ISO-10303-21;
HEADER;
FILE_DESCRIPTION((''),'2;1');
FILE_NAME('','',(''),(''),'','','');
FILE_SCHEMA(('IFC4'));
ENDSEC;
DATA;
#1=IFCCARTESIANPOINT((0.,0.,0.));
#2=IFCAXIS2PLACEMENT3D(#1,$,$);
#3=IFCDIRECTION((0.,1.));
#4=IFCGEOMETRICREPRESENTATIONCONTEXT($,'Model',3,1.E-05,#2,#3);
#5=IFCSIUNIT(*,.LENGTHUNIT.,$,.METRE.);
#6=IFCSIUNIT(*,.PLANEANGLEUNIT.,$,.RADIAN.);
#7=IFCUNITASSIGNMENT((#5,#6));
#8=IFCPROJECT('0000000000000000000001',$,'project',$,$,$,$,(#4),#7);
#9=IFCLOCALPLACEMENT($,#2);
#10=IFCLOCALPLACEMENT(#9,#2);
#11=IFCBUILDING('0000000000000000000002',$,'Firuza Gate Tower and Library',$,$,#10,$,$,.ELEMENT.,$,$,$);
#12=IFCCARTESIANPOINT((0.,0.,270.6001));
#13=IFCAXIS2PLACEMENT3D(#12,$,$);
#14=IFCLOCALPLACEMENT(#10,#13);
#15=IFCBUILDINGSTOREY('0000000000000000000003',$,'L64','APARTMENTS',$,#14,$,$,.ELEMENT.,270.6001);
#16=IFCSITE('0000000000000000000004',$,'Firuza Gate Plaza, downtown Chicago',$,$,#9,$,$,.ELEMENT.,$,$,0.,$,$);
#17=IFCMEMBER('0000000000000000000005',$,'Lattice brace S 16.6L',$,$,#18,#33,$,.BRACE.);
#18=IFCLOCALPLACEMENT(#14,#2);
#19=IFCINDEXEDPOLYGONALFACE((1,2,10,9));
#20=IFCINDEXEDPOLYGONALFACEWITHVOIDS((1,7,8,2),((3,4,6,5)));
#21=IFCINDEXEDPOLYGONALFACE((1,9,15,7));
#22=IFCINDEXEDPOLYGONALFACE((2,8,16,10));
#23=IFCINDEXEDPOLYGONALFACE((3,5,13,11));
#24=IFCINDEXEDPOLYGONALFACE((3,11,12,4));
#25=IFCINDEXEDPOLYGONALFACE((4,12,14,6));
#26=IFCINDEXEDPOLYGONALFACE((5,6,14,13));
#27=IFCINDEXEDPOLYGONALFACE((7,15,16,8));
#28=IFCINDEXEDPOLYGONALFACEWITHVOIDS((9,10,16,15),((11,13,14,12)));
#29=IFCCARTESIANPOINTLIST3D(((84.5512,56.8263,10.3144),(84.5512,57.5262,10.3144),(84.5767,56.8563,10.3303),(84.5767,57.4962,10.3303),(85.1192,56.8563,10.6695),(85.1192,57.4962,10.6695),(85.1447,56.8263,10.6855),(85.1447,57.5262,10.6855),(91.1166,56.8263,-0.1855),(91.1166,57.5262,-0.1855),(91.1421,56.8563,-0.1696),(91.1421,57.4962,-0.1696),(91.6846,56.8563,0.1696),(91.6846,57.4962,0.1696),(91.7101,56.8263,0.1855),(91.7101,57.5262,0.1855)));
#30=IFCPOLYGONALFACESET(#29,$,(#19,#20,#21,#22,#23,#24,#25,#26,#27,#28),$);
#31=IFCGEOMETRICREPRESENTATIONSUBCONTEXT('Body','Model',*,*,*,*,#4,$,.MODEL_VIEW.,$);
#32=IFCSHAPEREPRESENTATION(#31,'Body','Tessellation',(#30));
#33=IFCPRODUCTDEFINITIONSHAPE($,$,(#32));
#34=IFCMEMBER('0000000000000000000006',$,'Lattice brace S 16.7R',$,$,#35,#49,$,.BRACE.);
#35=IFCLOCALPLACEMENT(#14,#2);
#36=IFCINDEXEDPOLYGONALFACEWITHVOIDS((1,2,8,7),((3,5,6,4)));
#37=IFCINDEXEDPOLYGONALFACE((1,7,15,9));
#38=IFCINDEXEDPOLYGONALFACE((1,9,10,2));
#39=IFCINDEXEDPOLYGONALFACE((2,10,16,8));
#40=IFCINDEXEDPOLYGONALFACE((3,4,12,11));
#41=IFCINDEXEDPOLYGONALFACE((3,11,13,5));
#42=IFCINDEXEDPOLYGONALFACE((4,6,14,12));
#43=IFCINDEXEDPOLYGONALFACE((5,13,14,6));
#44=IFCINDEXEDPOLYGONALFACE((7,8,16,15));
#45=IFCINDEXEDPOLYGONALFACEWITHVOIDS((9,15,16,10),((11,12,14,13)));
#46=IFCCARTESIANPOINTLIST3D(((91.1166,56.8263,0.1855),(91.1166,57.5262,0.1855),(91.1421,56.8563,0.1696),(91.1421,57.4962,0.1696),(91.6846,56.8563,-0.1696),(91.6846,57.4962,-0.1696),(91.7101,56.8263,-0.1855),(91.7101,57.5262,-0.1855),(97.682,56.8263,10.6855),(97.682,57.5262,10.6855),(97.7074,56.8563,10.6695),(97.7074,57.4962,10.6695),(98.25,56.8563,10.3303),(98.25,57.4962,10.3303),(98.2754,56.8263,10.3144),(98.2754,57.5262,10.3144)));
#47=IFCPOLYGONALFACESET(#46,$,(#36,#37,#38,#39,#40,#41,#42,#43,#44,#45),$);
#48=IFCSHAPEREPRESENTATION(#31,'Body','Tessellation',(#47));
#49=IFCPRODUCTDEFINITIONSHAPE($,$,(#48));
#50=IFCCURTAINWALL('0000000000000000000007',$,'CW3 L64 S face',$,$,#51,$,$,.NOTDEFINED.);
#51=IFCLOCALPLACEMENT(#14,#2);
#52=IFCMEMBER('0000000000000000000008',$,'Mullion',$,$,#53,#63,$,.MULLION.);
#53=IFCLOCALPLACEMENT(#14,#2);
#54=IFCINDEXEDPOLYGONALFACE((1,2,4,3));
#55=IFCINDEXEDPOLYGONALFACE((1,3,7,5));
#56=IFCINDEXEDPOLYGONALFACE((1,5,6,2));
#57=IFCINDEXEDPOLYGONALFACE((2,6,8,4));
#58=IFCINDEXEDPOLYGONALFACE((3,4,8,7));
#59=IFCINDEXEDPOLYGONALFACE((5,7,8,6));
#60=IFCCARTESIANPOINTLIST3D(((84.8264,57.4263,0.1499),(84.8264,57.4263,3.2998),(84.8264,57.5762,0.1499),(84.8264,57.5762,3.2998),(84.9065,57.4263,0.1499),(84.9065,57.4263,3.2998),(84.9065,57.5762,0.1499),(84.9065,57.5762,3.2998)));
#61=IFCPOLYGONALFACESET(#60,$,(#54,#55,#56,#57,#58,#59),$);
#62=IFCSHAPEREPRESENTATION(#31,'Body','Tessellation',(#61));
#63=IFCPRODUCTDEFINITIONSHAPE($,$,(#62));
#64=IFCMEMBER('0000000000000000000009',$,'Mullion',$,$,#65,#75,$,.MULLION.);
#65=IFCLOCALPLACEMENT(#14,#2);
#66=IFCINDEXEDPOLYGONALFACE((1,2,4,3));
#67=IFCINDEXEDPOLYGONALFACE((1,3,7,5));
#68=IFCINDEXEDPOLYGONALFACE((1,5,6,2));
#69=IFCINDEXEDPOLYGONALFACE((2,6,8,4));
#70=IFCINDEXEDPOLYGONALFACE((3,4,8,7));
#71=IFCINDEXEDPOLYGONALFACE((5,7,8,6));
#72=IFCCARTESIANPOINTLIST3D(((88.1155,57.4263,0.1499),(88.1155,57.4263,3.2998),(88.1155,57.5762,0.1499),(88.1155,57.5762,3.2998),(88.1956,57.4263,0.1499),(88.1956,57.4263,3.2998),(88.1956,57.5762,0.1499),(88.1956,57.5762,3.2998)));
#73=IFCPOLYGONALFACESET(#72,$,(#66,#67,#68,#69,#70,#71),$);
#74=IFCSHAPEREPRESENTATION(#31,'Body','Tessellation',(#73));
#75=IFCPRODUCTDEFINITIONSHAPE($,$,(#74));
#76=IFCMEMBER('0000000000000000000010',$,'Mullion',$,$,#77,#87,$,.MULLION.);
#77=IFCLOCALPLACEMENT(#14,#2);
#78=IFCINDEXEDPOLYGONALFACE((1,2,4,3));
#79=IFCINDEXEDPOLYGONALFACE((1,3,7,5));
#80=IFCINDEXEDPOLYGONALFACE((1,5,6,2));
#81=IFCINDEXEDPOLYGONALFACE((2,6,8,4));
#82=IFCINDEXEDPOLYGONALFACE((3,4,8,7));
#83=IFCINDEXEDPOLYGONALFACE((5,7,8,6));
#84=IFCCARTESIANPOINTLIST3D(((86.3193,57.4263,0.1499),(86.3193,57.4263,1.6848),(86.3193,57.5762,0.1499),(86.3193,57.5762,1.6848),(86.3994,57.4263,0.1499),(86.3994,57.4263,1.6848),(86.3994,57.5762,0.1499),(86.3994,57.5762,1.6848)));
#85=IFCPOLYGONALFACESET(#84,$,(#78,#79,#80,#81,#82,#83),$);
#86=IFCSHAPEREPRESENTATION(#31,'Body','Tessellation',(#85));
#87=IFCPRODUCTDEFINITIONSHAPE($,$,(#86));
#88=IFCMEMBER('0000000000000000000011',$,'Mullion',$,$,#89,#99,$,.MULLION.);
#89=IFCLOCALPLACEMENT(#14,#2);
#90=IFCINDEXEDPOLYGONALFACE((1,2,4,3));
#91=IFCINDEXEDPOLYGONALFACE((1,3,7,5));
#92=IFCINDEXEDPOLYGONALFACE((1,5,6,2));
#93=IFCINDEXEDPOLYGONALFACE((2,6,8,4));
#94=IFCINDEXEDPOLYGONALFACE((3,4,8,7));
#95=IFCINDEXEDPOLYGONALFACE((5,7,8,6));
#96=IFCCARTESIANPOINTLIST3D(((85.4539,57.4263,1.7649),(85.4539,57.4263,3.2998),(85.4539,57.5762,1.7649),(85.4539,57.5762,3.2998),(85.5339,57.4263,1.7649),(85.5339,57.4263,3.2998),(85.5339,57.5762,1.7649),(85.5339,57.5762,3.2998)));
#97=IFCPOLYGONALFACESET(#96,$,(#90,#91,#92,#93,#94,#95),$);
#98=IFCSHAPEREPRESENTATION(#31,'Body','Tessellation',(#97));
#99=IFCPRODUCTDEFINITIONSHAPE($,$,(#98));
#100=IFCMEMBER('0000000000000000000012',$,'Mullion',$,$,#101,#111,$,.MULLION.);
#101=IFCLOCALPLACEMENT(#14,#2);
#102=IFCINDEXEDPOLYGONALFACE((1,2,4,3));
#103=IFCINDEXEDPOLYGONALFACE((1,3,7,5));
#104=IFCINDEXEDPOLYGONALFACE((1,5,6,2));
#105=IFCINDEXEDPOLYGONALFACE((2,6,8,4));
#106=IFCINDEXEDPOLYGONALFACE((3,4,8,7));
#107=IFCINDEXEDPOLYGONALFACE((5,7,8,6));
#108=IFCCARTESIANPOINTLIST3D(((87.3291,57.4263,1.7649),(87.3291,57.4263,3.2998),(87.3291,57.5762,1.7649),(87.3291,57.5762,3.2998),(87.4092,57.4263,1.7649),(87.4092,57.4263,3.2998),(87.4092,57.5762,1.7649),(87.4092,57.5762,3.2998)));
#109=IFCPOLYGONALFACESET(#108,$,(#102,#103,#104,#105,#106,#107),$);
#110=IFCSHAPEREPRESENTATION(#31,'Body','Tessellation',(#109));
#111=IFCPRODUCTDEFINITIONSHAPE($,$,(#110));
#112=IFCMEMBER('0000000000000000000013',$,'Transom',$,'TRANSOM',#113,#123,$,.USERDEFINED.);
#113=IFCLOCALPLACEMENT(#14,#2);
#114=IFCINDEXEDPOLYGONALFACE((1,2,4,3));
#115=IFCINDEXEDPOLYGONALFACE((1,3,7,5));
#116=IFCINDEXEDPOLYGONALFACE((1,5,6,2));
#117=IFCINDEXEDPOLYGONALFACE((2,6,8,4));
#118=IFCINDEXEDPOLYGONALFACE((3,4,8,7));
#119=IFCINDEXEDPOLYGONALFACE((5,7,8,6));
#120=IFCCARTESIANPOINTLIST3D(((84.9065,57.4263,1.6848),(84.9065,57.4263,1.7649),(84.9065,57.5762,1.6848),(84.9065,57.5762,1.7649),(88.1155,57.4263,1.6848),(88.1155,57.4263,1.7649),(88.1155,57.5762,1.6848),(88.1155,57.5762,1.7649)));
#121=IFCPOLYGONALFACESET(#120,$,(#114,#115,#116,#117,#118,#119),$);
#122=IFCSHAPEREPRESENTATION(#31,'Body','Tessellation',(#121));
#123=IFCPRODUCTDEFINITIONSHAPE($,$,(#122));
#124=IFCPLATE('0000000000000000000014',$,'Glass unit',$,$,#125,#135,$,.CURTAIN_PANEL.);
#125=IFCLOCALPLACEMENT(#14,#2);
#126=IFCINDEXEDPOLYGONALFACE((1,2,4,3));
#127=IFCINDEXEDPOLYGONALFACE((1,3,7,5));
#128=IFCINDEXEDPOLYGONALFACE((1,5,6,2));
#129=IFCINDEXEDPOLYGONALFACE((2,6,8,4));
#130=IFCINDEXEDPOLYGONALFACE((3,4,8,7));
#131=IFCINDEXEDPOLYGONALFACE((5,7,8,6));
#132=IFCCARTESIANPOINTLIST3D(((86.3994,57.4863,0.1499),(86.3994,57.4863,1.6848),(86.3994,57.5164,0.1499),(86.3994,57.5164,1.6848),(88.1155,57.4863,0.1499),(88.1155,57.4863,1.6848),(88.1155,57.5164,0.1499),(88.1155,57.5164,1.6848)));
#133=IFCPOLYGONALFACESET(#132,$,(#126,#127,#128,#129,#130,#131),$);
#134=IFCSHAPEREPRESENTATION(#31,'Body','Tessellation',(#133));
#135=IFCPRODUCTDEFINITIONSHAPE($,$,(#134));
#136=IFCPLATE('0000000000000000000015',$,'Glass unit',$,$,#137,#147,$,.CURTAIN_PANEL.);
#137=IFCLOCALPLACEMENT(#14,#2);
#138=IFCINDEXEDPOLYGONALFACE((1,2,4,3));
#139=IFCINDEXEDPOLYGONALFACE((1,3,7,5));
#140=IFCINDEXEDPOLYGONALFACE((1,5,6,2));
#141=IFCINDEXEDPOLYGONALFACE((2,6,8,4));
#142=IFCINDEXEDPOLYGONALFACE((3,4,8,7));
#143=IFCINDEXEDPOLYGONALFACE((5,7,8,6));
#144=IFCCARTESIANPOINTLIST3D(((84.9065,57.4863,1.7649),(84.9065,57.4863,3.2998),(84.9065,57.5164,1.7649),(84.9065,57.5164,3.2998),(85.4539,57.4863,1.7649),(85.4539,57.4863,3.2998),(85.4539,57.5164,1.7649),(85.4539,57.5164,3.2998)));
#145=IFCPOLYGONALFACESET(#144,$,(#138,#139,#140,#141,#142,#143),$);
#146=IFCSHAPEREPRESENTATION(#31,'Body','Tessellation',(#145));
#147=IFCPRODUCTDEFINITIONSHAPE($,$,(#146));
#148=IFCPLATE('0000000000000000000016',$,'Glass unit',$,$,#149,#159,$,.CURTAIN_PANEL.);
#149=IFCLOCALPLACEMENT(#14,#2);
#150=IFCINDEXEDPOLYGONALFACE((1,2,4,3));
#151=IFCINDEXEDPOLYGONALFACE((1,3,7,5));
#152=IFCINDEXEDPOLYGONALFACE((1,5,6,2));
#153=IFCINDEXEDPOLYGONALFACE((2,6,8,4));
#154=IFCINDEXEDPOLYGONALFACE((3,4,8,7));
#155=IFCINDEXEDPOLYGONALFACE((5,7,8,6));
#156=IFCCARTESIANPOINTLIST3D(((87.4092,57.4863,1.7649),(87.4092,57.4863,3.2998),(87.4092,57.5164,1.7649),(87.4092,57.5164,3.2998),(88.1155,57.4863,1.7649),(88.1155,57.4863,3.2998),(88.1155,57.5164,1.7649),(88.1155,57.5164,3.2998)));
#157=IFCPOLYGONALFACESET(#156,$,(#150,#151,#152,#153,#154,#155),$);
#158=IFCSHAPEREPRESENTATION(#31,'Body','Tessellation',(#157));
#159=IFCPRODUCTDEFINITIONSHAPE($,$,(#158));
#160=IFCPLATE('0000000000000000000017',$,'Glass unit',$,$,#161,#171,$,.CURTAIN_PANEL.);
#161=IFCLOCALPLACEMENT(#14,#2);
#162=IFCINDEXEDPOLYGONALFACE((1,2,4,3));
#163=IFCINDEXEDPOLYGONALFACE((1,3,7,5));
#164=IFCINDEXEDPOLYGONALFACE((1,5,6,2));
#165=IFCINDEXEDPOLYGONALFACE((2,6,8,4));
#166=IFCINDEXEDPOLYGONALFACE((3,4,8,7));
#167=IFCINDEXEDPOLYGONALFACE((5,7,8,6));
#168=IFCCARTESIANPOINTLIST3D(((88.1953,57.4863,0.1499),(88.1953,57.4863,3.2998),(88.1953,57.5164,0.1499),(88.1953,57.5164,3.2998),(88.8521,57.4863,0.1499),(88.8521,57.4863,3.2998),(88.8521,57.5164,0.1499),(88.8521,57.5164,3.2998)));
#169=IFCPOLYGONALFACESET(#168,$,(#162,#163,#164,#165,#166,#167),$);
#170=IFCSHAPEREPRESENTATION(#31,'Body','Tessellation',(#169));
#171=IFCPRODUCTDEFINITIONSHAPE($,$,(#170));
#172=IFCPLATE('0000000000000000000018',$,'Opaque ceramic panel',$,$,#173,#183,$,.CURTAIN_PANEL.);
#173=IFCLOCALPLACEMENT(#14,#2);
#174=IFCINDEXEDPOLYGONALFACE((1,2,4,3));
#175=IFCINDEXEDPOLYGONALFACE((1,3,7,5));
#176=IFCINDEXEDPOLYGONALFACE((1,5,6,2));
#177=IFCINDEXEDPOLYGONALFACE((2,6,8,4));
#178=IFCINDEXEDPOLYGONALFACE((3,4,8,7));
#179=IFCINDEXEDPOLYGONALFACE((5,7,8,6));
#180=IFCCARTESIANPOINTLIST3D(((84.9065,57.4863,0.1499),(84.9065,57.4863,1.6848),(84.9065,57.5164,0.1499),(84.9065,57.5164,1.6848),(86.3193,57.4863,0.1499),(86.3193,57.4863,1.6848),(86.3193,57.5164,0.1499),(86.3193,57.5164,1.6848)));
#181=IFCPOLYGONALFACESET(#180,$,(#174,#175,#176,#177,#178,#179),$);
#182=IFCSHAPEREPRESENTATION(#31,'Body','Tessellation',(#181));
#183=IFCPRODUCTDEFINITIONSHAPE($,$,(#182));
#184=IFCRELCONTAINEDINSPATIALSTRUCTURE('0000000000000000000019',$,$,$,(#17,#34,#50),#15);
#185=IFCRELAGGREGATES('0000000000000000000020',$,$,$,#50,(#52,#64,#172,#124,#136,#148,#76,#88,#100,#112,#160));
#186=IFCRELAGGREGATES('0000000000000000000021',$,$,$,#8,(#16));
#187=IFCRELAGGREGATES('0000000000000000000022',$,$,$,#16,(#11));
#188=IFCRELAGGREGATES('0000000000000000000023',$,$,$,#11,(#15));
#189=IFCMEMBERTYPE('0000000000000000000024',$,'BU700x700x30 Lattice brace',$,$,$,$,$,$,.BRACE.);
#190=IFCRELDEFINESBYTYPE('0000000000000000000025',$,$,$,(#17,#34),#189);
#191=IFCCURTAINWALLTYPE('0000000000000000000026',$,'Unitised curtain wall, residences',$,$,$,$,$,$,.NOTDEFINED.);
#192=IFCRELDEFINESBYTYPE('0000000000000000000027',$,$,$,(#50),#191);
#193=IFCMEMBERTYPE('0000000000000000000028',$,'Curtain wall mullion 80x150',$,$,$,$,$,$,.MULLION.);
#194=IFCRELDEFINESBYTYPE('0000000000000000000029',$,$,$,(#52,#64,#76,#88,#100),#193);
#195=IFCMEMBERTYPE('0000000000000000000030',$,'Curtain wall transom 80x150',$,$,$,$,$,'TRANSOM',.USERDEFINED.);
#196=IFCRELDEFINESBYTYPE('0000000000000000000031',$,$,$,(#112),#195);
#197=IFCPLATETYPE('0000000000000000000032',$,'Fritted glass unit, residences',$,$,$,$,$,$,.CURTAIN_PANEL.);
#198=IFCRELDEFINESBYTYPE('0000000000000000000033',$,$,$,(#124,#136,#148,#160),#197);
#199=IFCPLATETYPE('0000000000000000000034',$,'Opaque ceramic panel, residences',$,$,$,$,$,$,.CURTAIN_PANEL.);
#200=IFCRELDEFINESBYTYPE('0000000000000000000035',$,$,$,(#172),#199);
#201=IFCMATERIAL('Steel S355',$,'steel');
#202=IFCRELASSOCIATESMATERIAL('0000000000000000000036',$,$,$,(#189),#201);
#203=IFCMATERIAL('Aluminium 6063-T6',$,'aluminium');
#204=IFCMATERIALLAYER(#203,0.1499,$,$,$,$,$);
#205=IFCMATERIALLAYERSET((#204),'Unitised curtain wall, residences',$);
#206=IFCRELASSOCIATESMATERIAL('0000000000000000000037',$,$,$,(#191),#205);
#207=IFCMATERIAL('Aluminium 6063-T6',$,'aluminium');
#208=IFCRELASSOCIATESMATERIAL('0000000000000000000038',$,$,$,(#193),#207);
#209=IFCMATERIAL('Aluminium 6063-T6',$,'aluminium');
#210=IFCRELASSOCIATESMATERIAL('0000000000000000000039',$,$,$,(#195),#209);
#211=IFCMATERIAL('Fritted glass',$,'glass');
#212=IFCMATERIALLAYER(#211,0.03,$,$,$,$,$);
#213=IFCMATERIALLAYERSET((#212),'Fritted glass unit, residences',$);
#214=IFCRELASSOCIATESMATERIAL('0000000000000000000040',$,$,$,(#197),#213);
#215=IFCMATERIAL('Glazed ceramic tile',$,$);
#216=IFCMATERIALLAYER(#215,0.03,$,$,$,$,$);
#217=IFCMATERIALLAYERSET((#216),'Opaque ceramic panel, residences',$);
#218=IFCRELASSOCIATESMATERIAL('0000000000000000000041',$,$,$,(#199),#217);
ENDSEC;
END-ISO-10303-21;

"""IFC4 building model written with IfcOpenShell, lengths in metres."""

from ifc_helpers import new_model, si_unit, direction, frame, origin, origin_2d, place, context, subcontext, project, spatial, polyline, rectangle, hollow_rectangle, outline, extrude, material, layer, layer_set, material_profile, profile_set, type_object, element, aggregate, save


model = new_model("IFC4")

# Units and contexts
model_context = context("Model", 3, precision=1e-05, world=origin(), true_north=direction((0.0, 1.0)))
body_context = subcontext(model_context, "Body", "Model", "MODEL_VIEW")
ifc_project = project(units=[si_unit("LENGTHUNIT", "METRE"), si_unit("PLANEANGLEUNIT", "RADIAN")], contexts=[model_context])

# Site, building, storey
site_placement = place(None, origin())
site = spatial("IfcSite", under=ifc_project, at=site_placement, Name="Firuza Gate Plaza, downtown Chicago", CompositionType="ELEMENT", RefElevation=0.0)
building_placement = place(site_placement, origin())
building = spatial("IfcBuilding", under=site, at=building_placement, Name="Firuza Gate Tower and Library", CompositionType="ELEMENT")
storey_placement = place(building_placement, frame((0.0, 0.0, 270.6001)))
storey = spatial("IfcBuildingStorey", under=building, at=storey_placement, Name="L64", Description="APARTMENTS", CompositionType="ELEMENT", Elevation=270.6001)

# Members
ifc_material_1 = material(Name="Steel S355", Category="steel")
ifc_material_profile_1 = material_profile(ifc_material_1, hollow_rectangle(XDim=0.7, YDim=0.7, WallThickness=0.03, at=origin_2d()))
ifc_profile_set_1 = profile_set([ifc_material_profile_1], Name="Steel S355")
member_type_1 = type_object("IfcMemberType", Name="BU700x700x30 Lattice brace", PredefinedType="BRACE", material=ifc_profile_set_1)
for number, where, z_axis, x_axis, name in (
    (1, (91.4133, 57.1763, 0.0), (-0.530169, 0.0, 0.847892), (0.0, -1.0, 0.0), "Lattice brace S 16.6L"),
    (2, (91.4133, 57.1763, 0.0), (0.530169, 0.0, 0.847892), (0.0, 1.0, 0.0), "Lattice brace S 16.7R"),
):
    element("IfcMember", number, at=place(storey_placement, frame(where, z_axis=z_axis, x_axis=x_axis)), inside=storey, type_object=member_type_1, Name=name, PredefinedType="BRACE", context=body_context, shape_type="SweptSolid", body=[
        extrude(hollow_rectangle(XDim=0.7, YDim=0.7, WallThickness=0.03, at=origin_2d()), origin(), (0.0, 0.0, 1.0), 12.3835),
    ])

# Curtain wall, members, plates
ifc_material_2 = material(Name="Aluminium 6063-T6", Category="aluminium")
ifc_layer_1 = layer(ifc_material_2, 0.1499)
ifc_layer_set_1 = layer_set([ifc_layer_1], Name="Unitised curtain wall, residences")
curtain_wall_type = type_object("IfcCurtainWallType", Name="Unitised curtain wall, residences", PredefinedType="NOTDEFINED", material=ifc_layer_set_1)
curtain_wall_placement = place(storey_placement, origin())
curtain_wall = element("IfcCurtainWall", 3, at=curtain_wall_placement, inside=storey, type_object=curtain_wall_type, Name="CW3 L64 S face", PredefinedType="NOTDEFINED")
ifc_material_3 = material(Name="Aluminium 6063-T6", Category="aluminium")
ifc_material_profile_2 = material_profile(ifc_material_3, rectangle(XDim=0.1499, YDim=0.0801, at=origin_2d()))
ifc_profile_set_2 = profile_set([ifc_material_profile_2], Name="Aluminium 6063-T6")
member_type_2 = type_object("IfcMemberType", Name="Curtain wall mullion 80x150", PredefinedType="MULLION", material=ifc_profile_set_2)
member_1_placement = place(storey_placement, frame((84.8665, 57.5012, 0.1499), z_axis=(0.0, 0.0, 1.0), x_axis=(0.0, 1.0, 0.0)))
member_1 = element("IfcMember", 4, at=member_1_placement, type_object=member_type_2, Name="Mullion", PredefinedType="MULLION", context=body_context, shape_type="SweptSolid", body=[
    extrude(rectangle(XDim=0.1499, YDim=0.0801, at=origin_2d()), origin(), (0.0, 0.0, 1.0), 3.1499),
])
member_2_placement = place(storey_placement, frame((88.1555, 57.5012, 0.1499), z_axis=(0.0, 0.0, 1.0), x_axis=(0.0, 1.0, 0.0)))
member_2 = element("IfcMember", 5, at=member_2_placement, type_object=member_type_2, Name="Mullion", PredefinedType="MULLION", context=body_context, shape_type="SweptSolid", body=[
    extrude(rectangle(XDim=0.1499, YDim=0.0801, at=origin_2d()), origin(), (0.0, 0.0, 1.0), 3.1499),
])
member_3_placement = place(storey_placement, frame((86.3594, 57.5012, 0.1499), z_axis=(0.0, 0.0, 1.0), x_axis=(0.0, 1.0, 0.0)))
member_3 = element("IfcMember", 6, at=member_3_placement, type_object=member_type_2, Name="Mullion", PredefinedType="MULLION", context=body_context, shape_type="SweptSolid", body=[
    extrude(rectangle(XDim=0.1499, YDim=0.0801, at=origin_2d()), origin(), (0.0, 0.0, 1.0), 1.5349),
])
member_4_placement = place(storey_placement, frame((85.4939, 57.5012, 1.7649), z_axis=(0.0, 0.0, 1.0), x_axis=(0.0, 1.0, 0.0)))
member_4 = element("IfcMember", 7, at=member_4_placement, type_object=member_type_2, Name="Mullion", PredefinedType="MULLION", context=body_context, shape_type="SweptSolid", body=[
    extrude(rectangle(XDim=0.1499, YDim=0.0801, at=origin_2d()), origin(), (0.0, 0.0, 1.0), 1.5349),
])
member_5_placement = place(storey_placement, frame((87.3691, 57.5012, 1.7649), z_axis=(0.0, 0.0, 1.0), x_axis=(0.0, 1.0, 0.0)))
member_5 = element("IfcMember", 8, at=member_5_placement, type_object=member_type_2, Name="Mullion", PredefinedType="MULLION", context=body_context, shape_type="SweptSolid", body=[
    extrude(rectangle(XDim=0.1499, YDim=0.0801, at=origin_2d()), origin(), (0.0, 0.0, 1.0), 1.5349),
])
ifc_material_4 = material(Name="Aluminium 6063-T6", Category="aluminium")
ifc_material_profile_3 = material_profile(ifc_material_4, rectangle(XDim=0.1499, YDim=0.0801, at=origin_2d()))
ifc_profile_set_3 = profile_set([ifc_material_profile_3], Name="Aluminium 6063-T6")
member_type_3 = type_object("IfcMemberType", Name="Curtain wall transom 80x150", ElementType="TRANSOM", PredefinedType="USERDEFINED", material=ifc_profile_set_3)
member_6_placement = place(storey_placement, frame((84.9065, 57.5012, 1.7249), z_axis=(1.0, 0.0, 0.0), x_axis=(0.0, 1.0, 0.0)))
member_6 = element("IfcMember", 9, at=member_6_placement, type_object=member_type_3, Name="Transom", ObjectType="TRANSOM", PredefinedType="USERDEFINED", context=body_context, shape_type="SweptSolid", body=[
    extrude(rectangle(XDim=0.1499, YDim=0.0801, at=origin_2d()), origin(), (0.0, 0.0, 1.0), 3.209),
])
ifc_material_5 = material(Name="Fritted glass", Category="glass")
ifc_layer_2 = layer(ifc_material_5, 0.03)
ifc_layer_set_2 = layer_set([ifc_layer_2], Name="Fritted glass unit, residences")
plate_type_1 = type_object("IfcPlateType", Name="Fritted glass unit, residences", PredefinedType="CURTAIN_PANEL", material=ifc_layer_set_2)
plate_1_placement = place(storey_placement, frame((86.3994, 57.4863, 0.1499), z_axis=(0.0, -1.0, 0.0), x_axis=(1.0, 0.0, 0.0)))
plate_1 = element("IfcPlate", 10, at=plate_1_placement, type_object=plate_type_1, Name="Glass unit", PredefinedType="CURTAIN_PANEL", context=body_context, shape_type="SweptSolid", body=[
    extrude(outline(polyline([(0.0, 0.0), (1.7161, 0.0), (1.7161, 1.5349), (0.0, 1.5349), (0.0, 0.0)])), origin(), (0.0, 0.0, -1.0), 0.03),
])
plate_2_placement = place(storey_placement, frame((84.9065, 57.4863, 1.7649), z_axis=(0.0, -1.0, 0.0), x_axis=(1.0, 0.0, 0.0)))
plate_2 = element("IfcPlate", 11, at=plate_2_placement, type_object=plate_type_1, Name="Glass unit", PredefinedType="CURTAIN_PANEL", context=body_context, shape_type="SweptSolid", body=[
    extrude(outline(polyline([(0.0, 0.0), (0.5474, 0.0), (0.5474, 1.5349), (0.0, 1.5349), (0.0, 0.0)])), origin(), (0.0, 0.0, -1.0), 0.03),
])
plate_3_placement = place(storey_placement, frame((87.4092, 57.4863, 1.7649), z_axis=(0.0, -1.0, 0.0), x_axis=(1.0, 0.0, 0.0)))
plate_3 = element("IfcPlate", 12, at=plate_3_placement, type_object=plate_type_1, Name="Glass unit", PredefinedType="CURTAIN_PANEL", context=body_context, shape_type="SweptSolid", body=[
    extrude(outline(polyline([(0.0, 0.0), (0.7063, 0.0), (0.7063, 1.5349), (0.0, 1.5349), (0.0, 0.0)])), origin(), (0.0, 0.0, -1.0), 0.03),
])
plate_4_placement = place(storey_placement, frame((88.1953, 57.4863, 0.1499), z_axis=(0.0, -1.0, 0.0), x_axis=(1.0, 0.0, 0.0)))
plate_4 = element("IfcPlate", 13, at=plate_4_placement, type_object=plate_type_1, Name="Glass unit", PredefinedType="CURTAIN_PANEL", context=body_context, shape_type="SweptSolid", body=[
    extrude(outline(polyline([(0.0, 0.0), (0.6567, 0.0), (0.6567, 3.1499), (0.0, 3.1499), (0.0, 0.0)])), origin(), (0.0, 0.0, -1.0), 0.03),
])
ifc_material_6 = material(Name="Glazed ceramic tile")
ifc_layer_3 = layer(ifc_material_6, 0.03)
ifc_layer_set_3 = layer_set([ifc_layer_3], Name="Opaque ceramic panel, residences")
plate_type_2 = type_object("IfcPlateType", Name="Opaque ceramic panel, residences", PredefinedType="CURTAIN_PANEL", material=ifc_layer_set_3)
plate_5_placement = place(storey_placement, frame((84.9065, 57.4863, 0.1499), z_axis=(0.0, -1.0, 0.0), x_axis=(1.0, 0.0, 0.0)))
plate_5 = element("IfcPlate", 14, at=plate_5_placement, type_object=plate_type_2, Name="Opaque ceramic panel", PredefinedType="CURTAIN_PANEL", context=body_context, shape_type="SweptSolid", body=[
    extrude(outline(polyline([(0.0, 0.0), (1.4128, 0.0), (1.4128, 1.5349), (0.0, 1.5349), (0.0, 0.0)])), origin(), (0.0, 0.0, -1.0), 0.03),
])
aggregate(curtain_wall, [member_1, member_2, plate_5, plate_1, plate_2, plate_3, member_3, member_4, member_5, member_6, plate_4])

save(model, "model.ifc")
